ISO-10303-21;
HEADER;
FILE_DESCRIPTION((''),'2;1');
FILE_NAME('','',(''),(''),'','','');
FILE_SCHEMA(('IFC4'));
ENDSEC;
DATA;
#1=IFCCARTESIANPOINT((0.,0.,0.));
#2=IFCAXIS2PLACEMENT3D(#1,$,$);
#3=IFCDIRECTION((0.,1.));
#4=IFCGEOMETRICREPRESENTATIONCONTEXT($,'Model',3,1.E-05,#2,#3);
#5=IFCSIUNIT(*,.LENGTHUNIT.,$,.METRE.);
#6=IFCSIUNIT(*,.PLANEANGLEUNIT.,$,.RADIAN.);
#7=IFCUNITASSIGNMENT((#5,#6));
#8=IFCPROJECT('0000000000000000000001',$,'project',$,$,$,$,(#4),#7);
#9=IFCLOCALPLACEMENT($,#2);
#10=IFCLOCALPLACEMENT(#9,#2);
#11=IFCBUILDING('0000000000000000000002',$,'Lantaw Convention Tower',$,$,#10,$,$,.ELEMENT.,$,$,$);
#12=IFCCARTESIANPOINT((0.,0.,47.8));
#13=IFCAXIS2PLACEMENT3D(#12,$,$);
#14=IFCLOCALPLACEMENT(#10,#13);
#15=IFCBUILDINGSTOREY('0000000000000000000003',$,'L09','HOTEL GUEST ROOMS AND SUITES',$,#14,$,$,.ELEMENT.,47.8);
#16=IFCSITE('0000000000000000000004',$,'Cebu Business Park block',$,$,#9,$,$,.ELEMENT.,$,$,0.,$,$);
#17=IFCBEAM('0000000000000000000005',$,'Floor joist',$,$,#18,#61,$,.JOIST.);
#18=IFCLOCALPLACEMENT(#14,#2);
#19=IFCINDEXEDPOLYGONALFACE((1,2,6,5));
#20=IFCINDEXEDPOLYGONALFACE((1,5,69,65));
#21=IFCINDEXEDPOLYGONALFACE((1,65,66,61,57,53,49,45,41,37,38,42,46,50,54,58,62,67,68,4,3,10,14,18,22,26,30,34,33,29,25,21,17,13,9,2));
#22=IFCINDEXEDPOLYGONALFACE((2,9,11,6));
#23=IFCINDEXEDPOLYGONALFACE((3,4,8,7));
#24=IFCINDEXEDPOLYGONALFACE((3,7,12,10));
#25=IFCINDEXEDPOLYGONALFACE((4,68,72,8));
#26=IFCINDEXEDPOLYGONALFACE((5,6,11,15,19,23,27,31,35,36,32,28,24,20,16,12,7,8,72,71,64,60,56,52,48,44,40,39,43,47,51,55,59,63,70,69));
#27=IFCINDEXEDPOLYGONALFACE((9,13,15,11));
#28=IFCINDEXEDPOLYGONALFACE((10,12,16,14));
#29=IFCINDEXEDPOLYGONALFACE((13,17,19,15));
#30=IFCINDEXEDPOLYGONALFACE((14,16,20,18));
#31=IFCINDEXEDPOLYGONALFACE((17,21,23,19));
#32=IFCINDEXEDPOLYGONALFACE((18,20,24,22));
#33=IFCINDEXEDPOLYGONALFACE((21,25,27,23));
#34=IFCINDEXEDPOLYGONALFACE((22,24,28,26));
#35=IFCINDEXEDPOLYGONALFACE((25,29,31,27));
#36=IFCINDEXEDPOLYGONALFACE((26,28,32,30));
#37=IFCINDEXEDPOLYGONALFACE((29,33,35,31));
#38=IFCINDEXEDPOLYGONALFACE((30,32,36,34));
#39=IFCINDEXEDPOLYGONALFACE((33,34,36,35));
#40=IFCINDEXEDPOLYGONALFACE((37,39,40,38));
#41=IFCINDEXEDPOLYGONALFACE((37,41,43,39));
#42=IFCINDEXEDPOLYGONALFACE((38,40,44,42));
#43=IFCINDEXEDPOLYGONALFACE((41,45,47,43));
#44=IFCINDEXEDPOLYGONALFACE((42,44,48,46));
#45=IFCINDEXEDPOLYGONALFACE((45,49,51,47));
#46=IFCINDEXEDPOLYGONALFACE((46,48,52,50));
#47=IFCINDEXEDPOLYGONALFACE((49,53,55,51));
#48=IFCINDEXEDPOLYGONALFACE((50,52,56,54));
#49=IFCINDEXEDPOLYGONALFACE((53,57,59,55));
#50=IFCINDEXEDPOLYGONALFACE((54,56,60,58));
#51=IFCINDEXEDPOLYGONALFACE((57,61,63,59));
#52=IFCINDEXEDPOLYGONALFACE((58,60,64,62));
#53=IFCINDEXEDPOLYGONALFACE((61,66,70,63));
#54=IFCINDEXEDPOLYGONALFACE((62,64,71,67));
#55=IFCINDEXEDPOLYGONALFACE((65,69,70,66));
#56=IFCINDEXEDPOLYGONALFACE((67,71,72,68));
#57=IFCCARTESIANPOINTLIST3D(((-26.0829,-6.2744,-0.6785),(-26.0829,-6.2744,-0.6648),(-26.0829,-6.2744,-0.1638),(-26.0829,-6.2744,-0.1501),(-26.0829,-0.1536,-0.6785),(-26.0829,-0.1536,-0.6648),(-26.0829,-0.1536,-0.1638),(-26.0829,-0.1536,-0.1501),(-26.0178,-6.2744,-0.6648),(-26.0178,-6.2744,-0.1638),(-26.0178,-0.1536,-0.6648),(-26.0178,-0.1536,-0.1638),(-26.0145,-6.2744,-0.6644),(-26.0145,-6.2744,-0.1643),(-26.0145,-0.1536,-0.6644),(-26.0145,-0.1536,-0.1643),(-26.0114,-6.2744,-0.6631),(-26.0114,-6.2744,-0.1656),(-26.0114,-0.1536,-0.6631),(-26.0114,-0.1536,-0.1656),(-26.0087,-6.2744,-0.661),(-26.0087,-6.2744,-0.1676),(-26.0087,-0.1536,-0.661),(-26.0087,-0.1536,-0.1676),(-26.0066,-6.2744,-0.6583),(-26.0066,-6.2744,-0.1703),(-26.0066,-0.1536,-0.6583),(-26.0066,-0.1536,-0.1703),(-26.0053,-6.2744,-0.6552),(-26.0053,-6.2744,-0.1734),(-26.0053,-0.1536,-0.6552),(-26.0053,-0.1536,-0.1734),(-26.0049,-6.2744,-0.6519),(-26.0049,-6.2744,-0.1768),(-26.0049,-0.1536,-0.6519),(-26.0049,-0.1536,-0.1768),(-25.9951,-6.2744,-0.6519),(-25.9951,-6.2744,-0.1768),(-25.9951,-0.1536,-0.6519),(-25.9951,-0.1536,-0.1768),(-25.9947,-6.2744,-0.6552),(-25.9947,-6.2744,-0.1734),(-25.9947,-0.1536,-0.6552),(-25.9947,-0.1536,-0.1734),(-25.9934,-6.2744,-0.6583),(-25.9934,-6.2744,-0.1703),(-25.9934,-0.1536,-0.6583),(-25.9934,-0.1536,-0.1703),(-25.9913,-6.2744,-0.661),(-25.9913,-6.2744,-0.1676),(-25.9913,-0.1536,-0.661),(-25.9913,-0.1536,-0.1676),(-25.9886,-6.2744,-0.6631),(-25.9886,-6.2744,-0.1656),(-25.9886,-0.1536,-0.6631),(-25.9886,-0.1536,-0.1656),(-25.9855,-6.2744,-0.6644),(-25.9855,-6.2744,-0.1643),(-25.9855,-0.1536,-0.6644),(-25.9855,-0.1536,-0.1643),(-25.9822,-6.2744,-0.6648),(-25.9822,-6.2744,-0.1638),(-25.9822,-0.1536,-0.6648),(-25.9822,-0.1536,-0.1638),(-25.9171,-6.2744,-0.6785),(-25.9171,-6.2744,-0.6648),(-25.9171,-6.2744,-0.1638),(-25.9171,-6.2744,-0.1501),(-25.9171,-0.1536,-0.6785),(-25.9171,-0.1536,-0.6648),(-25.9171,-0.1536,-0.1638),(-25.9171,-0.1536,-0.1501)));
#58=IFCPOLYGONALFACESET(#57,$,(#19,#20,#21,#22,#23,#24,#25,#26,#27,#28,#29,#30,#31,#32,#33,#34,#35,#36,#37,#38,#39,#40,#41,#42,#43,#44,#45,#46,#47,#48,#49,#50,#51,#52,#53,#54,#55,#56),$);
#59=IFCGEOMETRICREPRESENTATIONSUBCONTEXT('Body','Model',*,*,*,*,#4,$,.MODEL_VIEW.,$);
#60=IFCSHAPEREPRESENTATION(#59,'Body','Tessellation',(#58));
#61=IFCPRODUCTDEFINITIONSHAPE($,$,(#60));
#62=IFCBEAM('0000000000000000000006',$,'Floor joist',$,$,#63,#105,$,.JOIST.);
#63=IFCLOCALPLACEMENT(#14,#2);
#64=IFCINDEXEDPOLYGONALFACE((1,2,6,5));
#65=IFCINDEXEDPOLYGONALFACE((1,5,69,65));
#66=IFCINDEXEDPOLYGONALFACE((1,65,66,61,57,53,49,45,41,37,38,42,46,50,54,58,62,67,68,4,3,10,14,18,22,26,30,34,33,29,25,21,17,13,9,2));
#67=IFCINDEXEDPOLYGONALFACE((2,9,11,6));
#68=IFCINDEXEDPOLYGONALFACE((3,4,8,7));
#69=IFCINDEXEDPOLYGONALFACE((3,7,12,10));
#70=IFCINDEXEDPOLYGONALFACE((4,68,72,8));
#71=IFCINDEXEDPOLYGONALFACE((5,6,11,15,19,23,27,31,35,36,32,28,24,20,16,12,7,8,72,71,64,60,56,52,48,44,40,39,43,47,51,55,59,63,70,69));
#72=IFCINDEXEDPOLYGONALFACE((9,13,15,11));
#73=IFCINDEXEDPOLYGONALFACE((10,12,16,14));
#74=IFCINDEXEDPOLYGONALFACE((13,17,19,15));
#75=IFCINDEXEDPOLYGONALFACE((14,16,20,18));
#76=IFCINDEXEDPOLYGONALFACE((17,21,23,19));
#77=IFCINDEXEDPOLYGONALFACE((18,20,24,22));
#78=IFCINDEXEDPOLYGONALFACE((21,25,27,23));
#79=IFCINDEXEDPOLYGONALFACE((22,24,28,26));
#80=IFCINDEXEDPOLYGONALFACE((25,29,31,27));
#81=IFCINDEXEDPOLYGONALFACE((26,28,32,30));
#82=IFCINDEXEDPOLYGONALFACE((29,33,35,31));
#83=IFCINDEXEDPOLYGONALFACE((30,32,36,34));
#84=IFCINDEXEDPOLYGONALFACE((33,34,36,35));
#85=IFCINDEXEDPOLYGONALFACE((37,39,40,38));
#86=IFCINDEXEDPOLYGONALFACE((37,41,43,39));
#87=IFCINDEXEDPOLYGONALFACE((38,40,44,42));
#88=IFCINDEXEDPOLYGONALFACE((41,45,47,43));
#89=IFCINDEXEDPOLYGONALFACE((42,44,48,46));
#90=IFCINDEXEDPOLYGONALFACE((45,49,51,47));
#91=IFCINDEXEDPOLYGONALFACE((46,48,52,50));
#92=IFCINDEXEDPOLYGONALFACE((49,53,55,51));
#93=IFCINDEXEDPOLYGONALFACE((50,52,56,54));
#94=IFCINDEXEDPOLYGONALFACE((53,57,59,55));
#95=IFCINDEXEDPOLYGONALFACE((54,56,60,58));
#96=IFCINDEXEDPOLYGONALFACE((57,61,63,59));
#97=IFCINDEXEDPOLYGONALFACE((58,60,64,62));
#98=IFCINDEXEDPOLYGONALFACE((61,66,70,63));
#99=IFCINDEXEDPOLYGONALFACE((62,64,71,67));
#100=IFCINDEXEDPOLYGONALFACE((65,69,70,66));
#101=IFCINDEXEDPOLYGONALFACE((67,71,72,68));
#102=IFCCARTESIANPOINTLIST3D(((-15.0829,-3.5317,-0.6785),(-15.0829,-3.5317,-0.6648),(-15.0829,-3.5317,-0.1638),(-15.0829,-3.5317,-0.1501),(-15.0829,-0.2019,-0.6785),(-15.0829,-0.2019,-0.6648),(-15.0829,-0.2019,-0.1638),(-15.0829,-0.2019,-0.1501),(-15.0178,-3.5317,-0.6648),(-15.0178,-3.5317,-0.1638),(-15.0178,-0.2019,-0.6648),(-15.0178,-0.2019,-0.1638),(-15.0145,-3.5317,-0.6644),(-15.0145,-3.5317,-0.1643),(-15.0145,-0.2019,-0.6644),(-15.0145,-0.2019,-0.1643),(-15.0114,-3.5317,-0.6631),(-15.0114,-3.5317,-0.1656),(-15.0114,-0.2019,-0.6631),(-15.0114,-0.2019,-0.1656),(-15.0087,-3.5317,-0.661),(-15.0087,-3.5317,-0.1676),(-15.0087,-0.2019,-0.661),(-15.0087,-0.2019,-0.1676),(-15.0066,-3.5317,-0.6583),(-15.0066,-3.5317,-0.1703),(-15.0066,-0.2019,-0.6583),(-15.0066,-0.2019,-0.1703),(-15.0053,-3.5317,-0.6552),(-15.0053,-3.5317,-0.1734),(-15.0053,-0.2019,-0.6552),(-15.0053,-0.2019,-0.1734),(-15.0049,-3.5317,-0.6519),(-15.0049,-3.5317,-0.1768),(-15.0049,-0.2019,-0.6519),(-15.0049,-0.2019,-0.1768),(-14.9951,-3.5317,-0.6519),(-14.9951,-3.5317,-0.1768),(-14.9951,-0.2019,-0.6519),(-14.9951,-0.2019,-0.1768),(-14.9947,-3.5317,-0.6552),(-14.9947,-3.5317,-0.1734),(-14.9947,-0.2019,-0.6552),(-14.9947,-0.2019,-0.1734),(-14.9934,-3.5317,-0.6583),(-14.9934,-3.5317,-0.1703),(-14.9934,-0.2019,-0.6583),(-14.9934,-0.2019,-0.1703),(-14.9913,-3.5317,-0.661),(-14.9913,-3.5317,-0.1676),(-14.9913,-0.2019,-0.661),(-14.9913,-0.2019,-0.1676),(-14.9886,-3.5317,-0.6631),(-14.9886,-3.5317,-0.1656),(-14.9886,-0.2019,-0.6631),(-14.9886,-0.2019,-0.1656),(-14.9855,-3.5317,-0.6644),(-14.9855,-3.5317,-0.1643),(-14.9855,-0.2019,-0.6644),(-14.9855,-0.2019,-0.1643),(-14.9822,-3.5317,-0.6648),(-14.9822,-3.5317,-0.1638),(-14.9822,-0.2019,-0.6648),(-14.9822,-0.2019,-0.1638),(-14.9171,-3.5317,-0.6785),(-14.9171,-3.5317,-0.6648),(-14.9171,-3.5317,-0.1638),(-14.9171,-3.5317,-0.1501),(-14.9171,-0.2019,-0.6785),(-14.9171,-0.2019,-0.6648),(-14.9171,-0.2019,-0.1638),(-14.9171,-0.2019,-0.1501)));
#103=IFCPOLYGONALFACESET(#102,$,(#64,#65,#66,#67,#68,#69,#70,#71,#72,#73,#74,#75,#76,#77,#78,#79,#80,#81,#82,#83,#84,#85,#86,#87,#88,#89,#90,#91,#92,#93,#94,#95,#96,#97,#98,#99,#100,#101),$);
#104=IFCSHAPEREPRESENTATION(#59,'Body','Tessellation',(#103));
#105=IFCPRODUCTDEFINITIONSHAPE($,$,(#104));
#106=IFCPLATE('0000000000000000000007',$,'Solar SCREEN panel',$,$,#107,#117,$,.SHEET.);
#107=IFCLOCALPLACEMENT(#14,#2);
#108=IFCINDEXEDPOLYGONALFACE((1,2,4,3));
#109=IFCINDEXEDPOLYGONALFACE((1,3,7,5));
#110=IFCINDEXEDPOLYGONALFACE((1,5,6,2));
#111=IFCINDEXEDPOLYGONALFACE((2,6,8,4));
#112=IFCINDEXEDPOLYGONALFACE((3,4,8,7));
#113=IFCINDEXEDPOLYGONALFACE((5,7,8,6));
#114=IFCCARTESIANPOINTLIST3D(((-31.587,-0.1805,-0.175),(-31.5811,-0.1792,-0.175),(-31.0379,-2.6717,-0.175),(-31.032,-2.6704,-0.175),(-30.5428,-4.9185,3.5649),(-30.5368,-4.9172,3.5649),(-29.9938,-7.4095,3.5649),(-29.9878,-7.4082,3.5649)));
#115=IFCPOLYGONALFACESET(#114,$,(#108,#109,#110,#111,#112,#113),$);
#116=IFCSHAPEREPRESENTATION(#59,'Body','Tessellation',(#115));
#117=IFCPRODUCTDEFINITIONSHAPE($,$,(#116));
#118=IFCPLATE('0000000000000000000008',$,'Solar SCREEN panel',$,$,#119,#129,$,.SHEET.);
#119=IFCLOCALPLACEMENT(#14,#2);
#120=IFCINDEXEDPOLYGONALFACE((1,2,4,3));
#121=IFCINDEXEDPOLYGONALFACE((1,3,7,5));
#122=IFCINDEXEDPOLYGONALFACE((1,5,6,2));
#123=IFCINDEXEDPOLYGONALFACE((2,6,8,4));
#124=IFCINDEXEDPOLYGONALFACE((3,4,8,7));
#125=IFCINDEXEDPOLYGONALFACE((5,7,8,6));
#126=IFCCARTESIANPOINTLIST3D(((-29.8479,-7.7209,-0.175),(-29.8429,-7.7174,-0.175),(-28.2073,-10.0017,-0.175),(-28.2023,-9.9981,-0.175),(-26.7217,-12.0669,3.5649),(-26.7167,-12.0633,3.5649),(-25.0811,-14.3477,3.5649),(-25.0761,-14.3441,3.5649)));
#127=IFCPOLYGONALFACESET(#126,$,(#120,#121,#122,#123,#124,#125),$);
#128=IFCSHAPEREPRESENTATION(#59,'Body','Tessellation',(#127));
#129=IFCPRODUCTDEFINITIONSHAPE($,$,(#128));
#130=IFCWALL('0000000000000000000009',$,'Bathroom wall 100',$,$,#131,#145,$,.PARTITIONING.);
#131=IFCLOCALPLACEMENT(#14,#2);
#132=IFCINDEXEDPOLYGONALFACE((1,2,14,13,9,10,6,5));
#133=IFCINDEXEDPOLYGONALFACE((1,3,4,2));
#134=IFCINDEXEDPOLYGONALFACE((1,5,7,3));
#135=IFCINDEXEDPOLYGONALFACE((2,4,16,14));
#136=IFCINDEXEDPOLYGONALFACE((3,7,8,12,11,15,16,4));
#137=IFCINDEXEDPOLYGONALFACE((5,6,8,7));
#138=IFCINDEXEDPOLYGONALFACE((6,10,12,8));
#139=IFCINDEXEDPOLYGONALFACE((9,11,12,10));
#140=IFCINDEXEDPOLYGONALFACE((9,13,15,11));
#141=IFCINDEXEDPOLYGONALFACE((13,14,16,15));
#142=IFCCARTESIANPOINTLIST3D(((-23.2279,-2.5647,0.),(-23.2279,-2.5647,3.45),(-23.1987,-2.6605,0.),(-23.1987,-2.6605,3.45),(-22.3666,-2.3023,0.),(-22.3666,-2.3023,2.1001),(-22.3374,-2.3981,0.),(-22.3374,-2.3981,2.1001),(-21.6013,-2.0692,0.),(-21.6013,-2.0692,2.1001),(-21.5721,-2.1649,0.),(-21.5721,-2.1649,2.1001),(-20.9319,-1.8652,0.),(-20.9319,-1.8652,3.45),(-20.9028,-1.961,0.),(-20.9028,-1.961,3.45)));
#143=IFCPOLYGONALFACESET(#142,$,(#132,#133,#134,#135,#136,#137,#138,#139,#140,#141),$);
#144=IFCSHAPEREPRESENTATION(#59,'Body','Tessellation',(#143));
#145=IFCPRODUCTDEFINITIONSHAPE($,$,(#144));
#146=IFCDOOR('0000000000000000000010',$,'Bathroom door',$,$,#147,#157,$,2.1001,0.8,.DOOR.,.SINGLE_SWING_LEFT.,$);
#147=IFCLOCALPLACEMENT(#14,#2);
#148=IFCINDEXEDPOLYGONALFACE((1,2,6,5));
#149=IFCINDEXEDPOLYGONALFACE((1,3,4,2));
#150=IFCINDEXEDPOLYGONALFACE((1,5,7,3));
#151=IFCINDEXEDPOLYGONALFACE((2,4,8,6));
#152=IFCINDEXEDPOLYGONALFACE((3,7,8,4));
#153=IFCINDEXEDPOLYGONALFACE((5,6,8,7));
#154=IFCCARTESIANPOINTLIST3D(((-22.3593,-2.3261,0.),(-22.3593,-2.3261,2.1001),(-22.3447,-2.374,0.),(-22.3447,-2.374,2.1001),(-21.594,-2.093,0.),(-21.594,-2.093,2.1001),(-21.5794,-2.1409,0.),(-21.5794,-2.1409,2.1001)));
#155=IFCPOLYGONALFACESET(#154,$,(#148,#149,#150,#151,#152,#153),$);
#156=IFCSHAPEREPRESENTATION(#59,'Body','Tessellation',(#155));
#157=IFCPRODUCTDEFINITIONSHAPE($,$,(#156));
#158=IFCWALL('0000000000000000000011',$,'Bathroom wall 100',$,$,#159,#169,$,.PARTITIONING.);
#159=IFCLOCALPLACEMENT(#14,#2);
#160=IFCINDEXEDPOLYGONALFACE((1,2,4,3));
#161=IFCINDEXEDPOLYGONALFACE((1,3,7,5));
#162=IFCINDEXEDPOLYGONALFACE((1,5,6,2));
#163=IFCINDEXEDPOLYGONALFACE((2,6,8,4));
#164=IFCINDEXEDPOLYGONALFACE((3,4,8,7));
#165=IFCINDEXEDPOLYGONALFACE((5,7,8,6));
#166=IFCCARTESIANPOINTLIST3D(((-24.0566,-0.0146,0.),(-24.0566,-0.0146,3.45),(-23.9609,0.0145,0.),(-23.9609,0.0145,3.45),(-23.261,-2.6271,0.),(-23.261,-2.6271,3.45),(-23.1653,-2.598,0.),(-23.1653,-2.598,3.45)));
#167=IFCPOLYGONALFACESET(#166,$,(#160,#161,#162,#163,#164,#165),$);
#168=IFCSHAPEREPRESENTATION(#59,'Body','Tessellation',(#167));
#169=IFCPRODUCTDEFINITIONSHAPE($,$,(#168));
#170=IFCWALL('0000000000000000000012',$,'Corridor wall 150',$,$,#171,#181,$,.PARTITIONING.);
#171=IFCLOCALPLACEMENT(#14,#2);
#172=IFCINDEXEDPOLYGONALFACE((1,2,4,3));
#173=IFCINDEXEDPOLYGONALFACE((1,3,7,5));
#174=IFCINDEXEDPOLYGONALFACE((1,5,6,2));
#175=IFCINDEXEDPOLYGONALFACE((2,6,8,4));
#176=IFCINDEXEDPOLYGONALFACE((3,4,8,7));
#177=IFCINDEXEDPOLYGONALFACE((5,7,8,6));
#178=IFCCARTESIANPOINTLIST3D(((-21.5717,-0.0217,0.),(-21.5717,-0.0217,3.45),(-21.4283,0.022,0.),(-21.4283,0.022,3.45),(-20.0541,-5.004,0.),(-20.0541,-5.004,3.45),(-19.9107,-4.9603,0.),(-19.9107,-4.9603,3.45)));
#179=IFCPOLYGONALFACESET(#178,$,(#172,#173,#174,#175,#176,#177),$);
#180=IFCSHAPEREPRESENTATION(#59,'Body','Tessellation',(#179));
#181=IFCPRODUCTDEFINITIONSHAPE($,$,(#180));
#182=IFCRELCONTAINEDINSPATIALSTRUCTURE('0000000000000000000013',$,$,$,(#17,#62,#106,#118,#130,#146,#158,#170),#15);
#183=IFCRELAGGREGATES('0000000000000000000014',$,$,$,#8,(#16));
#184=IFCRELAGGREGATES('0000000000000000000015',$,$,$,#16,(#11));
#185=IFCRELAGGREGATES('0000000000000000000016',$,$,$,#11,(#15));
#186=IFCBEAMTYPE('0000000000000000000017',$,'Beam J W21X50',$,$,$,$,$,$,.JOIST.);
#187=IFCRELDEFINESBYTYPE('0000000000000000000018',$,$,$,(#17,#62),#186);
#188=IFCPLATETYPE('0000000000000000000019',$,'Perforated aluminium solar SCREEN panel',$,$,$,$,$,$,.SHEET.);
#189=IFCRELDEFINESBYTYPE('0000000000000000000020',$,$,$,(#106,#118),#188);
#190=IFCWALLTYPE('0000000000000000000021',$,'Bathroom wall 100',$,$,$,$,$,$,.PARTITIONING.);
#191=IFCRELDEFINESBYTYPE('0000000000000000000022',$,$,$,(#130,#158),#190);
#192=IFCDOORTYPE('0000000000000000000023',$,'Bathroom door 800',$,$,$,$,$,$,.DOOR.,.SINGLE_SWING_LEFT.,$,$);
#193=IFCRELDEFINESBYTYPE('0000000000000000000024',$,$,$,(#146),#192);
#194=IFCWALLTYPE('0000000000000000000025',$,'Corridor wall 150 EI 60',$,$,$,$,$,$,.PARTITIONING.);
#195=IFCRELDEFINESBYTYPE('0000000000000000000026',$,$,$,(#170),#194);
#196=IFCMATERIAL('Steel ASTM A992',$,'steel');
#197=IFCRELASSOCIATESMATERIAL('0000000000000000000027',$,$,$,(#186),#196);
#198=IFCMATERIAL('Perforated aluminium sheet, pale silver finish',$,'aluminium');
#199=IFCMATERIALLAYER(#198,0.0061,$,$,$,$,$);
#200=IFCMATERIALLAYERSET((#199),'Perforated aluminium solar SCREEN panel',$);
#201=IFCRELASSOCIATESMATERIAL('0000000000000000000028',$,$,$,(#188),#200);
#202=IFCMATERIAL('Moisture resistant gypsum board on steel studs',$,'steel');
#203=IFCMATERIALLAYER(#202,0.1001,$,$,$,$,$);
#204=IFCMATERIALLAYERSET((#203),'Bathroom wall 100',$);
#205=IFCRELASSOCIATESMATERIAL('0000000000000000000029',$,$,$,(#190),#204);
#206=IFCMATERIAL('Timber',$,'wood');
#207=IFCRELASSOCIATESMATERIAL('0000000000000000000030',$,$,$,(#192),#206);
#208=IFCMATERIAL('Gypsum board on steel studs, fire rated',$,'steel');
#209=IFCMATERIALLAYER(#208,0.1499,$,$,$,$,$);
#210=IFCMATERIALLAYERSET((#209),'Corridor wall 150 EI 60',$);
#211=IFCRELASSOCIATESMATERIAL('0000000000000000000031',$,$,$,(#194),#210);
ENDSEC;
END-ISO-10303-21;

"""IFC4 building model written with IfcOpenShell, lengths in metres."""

from ifc_helpers import new_model, si_unit, direction, frame, frame_2d, origin, origin_2d, place, context, subcontext, project, spatial, polyline, rectangle, i_section, outline, extrude, material, layer, layer_set, material_profile, profile_set, type_object, element, fill, save


model = new_model("IFC4")

# Units and contexts
model_context = context("Model", 3, precision=1e-05, world=origin(), true_north=direction((0.0, 1.0)))
body_context = subcontext(model_context, "Body", "Model", "MODEL_VIEW")
ifc_project = project(units=[si_unit("LENGTHUNIT", "METRE"), si_unit("PLANEANGLEUNIT", "RADIAN")], contexts=[model_context])

# Site, building, storey
site_placement = place(None, origin())
site = spatial("IfcSite", under=ifc_project, at=site_placement, Name="Cebu Business Park block", CompositionType="ELEMENT", RefElevation=0.0)
building_placement = place(site_placement, origin())
building = spatial("IfcBuilding", under=site, at=building_placement, Name="Lantaw Convention Tower", CompositionType="ELEMENT")
storey_placement = place(building_placement, frame((0.0, 0.0, 47.8)))
storey = spatial("IfcBuildingStorey", under=building, at=storey_placement, Name="L09", Description="HOTEL GUEST ROOMS AND SUITES", CompositionType="ELEMENT", Elevation=47.8)

# Beams
ifc_material_1 = material(Name="Steel ASTM A992", Category="steel")
ifc_material_profile_1 = material_profile(ifc_material_1, i_section(OverallWidth=0.1658, OverallDepth=0.5283, WebThickness=0.0098, FlangeThickness=0.0137, FilletRadius=0.0129, at=origin_2d()), Name="W21X50")
ifc_profile_set_1 = profile_set([ifc_material_profile_1], Name="Steel ASTM A992")
beam_type_1 = type_object("IfcBeamType", Name="Beam J W21X50", PredefinedType="JOIST", material=ifc_profile_set_1)
beam_1_placement = place(storey_placement, frame((-26.0, -6.2744, -0.4143), z_axis=(0.0, 1.0, 0.0), x_axis=(-1.0, 0.0, 0.0)))
element("IfcBeam", 1, at=beam_1_placement, inside=storey, type_object=beam_type_1, Name="Floor joist", PredefinedType="JOIST", context=body_context, shape_type="SweptSolid", body=[
    extrude(i_section(OverallWidth=0.1658, OverallDepth=0.5283, WebThickness=0.0098, FlangeThickness=0.0137, FilletRadius=0.0129, at=origin_2d()), origin(), (0.0, 0.0, 1.0), 6.1208),
])
beam_2_placement = place(storey_placement, frame((-15.0, -3.5317, -0.4143), z_axis=(0.0, 1.0, 0.0), x_axis=(-1.0, 0.0, 0.0)))
element("IfcBeam", 2, at=beam_2_placement, inside=storey, type_object=beam_type_1, Name="Floor joist", PredefinedType="JOIST", context=body_context, shape_type="SweptSolid", body=[
    extrude(i_section(OverallWidth=0.1658, OverallDepth=0.5283, WebThickness=0.0098, FlangeThickness=0.0137, FilletRadius=0.0129, at=origin_2d()), origin(), (0.0, 0.0, 1.0), 3.3298),
])

# Plates
ifc_material_2 = material(Name="Perforated aluminium sheet, pale silver finish", Category="aluminium")
ifc_layer_1 = layer(ifc_material_2, 0.0061)
ifc_layer_set_1 = layer_set([ifc_layer_1], Name="Perforated aluminium solar SCREEN panel")
plate_type = type_object("IfcPlateType", Name="Perforated aluminium solar SCREEN panel", PredefinedType="SHEET", material=ifc_layer_set_1)
plate_1_placement = place(storey_placement, frame((-31.5811, -0.1792, -0.175), z_axis=(0.976559, 0.215248, 0.00003), x_axis=(0.215248, -0.976559, 0.0)))
element("IfcPlate", 3, at=plate_1_placement, inside=storey, type_object=plate_type, Name="Solar SCREEN panel", PredefinedType="SHEET", context=body_context, shape_type="SweptSolid", body=[
    extrude(outline(polyline([(0.0, 0.0), (2.551, 0.0), (7.4025, -3.74), (4.8517, -3.74), (0.0, 0.0)])), origin(), (0.0, 0.0, -1.0), 0.0061),
])
plate_2_placement = place(storey_placement, frame((-29.8479, -7.7209, -0.175), z_axis=(-0.811791, -0.583948, 0.000009), x_axis=(0.583948, -0.811791, 0.0)))
element("IfcPlate", 4, at=plate_2_placement, inside=storey, type_object=plate_type, Name="Solar SCREEN panel", PredefinedType="SHEET", context=body_context, shape_type="SweptSolid", body=[
    extrude(outline(polyline([(0.0, 0.0), (2.8095, 0.0), (8.1631, 3.74), (5.3536, 3.74), (0.0, 0.0)])), origin(), (0.0, 0.0, -1.0), 0.0061),
])

# Wall, opening, door
ifc_material_3 = material(Name="Moisture resistant gypsum board on steel studs", Category="steel")
ifc_layer_2 = layer(ifc_material_3, 0.1001)
ifc_layer_set_2 = layer_set([ifc_layer_2], Name="Bathroom wall 100")
wall_type_1 = type_object("IfcWallType", Name="Bathroom wall 100", PredefinedType="PARTITIONING", material=ifc_layer_set_2)
wall_1_placement = place(storey_placement, frame((-20.9172, -1.9131, 0.0), z_axis=(0.0, 0.0, 1.0), x_axis=(-0.956591, -0.291433, 0.0)))
wall_1 = element("IfcWall", 5, at=wall_1_placement, inside=storey, type_object=wall_type_1, Name="Bathroom wall 100", PredefinedType="PARTITIONING", context=body_context, shape_type="SweptSolid", body=[
    extrude(rectangle(XDim=2.4001, YDim=0.1001, at=frame_2d((1.2002, 0.0))), origin(), (0.0, 0.0, 1.0), 3.45),
])
opening_1_placement = place(wall_1_placement, frame((0.7, 0.0, 0.0)))
opening_1 = element("IfcOpeningElement", 6, at=opening_1_placement, cuts=wall_1, PredefinedType="OPENING", context=body_context, shape_type="SweptSolid", body=[
    extrude(rectangle(XDim=0.8, YDim=2.1001, at=frame_2d((0.3999, 1.05))), frame((0.0, 0.0601, 0.0), z_axis=(0.0, -1.0, 0.0), x_axis=(1.0, 0.0, 0.0)), (0.0, 0.0, 1.0), 0.1201),
])
ifc_material_4 = material(Name="Timber", Category="wood")
door_type_1 = type_object("IfcDoorType", Name="Bathroom door 800", OperationType="SINGLE_SWING_LEFT", PredefinedType="DOOR", material=ifc_material_4)
door_1_placement = place(opening_1_placement, origin())
door_1 = element("IfcDoor", 7, at=door_1_placement, inside=storey, type_object=door_type_1, Name="Bathroom door", OperationType="SINGLE_SWING_LEFT", OverallHeight=2.1001, OverallWidth=0.8, PredefinedType="DOOR", context=body_context, shape_type="SweptSolid", body=[
    extrude(rectangle(XDim=0.8, YDim=2.1001, at=frame_2d((0.3999, 1.05))), frame((0.0, 0.0249, 0.0), z_axis=(0.0, -1.0, 0.0), x_axis=(1.0, 0.0, 0.0)), (0.0, 0.0, 1.0), 0.05),
])
fill(opening_1, door_1)

# Walls
wall_2_placement = place(storey_placement, frame((-23.2131, -2.6125, 0.0), z_axis=(0.0, 0.0, 1.0), x_axis=(-0.291339, 0.95662, 0.0)))
element("IfcWall", 8, at=wall_2_placement, inside=storey, type_object=wall_type_1, Name="Bathroom wall 100", PredefinedType="PARTITIONING", context=body_context, shape_type="SweptSolid", body=[
    extrude(rectangle(XDim=2.731, YDim=0.1001, at=frame_2d((1.3655, 0.0))), origin(), (0.0, 0.0, 1.0), 3.45),
])
ifc_material_5 = material(Name="Gypsum board on steel studs, fire rated", Category="steel")
ifc_layer_3 = layer(ifc_material_5, 0.1499)
ifc_layer_set_3 = layer_set([ifc_layer_3], Name="Corridor wall 150 EI 60")
wall_type_2 = type_object("IfcWallType", Name="Corridor wall 150 EI 60", PredefinedType="PARTITIONING", material=ifc_layer_set_3)
wall_3_placement = place(storey_placement, frame((-21.5, 0.0, 0.0), z_axis=(0.0, 0.0, 1.0), x_axis=(0.291384, -0.956606, 0.0)))
element("IfcWall", 9, at=wall_3_placement, inside=storey, type_object=wall_type_2, Name="Corridor wall 150", PredefinedType="PARTITIONING", context=body_context, shape_type="SweptSolid", body=[
    extrude(rectangle(XDim=5.2083, YDim=0.1499, at=frame_2d((2.604, 0.0))), origin(), (0.0, 0.0, 1.0), 3.45),
])

save(model, "model.ifc")
